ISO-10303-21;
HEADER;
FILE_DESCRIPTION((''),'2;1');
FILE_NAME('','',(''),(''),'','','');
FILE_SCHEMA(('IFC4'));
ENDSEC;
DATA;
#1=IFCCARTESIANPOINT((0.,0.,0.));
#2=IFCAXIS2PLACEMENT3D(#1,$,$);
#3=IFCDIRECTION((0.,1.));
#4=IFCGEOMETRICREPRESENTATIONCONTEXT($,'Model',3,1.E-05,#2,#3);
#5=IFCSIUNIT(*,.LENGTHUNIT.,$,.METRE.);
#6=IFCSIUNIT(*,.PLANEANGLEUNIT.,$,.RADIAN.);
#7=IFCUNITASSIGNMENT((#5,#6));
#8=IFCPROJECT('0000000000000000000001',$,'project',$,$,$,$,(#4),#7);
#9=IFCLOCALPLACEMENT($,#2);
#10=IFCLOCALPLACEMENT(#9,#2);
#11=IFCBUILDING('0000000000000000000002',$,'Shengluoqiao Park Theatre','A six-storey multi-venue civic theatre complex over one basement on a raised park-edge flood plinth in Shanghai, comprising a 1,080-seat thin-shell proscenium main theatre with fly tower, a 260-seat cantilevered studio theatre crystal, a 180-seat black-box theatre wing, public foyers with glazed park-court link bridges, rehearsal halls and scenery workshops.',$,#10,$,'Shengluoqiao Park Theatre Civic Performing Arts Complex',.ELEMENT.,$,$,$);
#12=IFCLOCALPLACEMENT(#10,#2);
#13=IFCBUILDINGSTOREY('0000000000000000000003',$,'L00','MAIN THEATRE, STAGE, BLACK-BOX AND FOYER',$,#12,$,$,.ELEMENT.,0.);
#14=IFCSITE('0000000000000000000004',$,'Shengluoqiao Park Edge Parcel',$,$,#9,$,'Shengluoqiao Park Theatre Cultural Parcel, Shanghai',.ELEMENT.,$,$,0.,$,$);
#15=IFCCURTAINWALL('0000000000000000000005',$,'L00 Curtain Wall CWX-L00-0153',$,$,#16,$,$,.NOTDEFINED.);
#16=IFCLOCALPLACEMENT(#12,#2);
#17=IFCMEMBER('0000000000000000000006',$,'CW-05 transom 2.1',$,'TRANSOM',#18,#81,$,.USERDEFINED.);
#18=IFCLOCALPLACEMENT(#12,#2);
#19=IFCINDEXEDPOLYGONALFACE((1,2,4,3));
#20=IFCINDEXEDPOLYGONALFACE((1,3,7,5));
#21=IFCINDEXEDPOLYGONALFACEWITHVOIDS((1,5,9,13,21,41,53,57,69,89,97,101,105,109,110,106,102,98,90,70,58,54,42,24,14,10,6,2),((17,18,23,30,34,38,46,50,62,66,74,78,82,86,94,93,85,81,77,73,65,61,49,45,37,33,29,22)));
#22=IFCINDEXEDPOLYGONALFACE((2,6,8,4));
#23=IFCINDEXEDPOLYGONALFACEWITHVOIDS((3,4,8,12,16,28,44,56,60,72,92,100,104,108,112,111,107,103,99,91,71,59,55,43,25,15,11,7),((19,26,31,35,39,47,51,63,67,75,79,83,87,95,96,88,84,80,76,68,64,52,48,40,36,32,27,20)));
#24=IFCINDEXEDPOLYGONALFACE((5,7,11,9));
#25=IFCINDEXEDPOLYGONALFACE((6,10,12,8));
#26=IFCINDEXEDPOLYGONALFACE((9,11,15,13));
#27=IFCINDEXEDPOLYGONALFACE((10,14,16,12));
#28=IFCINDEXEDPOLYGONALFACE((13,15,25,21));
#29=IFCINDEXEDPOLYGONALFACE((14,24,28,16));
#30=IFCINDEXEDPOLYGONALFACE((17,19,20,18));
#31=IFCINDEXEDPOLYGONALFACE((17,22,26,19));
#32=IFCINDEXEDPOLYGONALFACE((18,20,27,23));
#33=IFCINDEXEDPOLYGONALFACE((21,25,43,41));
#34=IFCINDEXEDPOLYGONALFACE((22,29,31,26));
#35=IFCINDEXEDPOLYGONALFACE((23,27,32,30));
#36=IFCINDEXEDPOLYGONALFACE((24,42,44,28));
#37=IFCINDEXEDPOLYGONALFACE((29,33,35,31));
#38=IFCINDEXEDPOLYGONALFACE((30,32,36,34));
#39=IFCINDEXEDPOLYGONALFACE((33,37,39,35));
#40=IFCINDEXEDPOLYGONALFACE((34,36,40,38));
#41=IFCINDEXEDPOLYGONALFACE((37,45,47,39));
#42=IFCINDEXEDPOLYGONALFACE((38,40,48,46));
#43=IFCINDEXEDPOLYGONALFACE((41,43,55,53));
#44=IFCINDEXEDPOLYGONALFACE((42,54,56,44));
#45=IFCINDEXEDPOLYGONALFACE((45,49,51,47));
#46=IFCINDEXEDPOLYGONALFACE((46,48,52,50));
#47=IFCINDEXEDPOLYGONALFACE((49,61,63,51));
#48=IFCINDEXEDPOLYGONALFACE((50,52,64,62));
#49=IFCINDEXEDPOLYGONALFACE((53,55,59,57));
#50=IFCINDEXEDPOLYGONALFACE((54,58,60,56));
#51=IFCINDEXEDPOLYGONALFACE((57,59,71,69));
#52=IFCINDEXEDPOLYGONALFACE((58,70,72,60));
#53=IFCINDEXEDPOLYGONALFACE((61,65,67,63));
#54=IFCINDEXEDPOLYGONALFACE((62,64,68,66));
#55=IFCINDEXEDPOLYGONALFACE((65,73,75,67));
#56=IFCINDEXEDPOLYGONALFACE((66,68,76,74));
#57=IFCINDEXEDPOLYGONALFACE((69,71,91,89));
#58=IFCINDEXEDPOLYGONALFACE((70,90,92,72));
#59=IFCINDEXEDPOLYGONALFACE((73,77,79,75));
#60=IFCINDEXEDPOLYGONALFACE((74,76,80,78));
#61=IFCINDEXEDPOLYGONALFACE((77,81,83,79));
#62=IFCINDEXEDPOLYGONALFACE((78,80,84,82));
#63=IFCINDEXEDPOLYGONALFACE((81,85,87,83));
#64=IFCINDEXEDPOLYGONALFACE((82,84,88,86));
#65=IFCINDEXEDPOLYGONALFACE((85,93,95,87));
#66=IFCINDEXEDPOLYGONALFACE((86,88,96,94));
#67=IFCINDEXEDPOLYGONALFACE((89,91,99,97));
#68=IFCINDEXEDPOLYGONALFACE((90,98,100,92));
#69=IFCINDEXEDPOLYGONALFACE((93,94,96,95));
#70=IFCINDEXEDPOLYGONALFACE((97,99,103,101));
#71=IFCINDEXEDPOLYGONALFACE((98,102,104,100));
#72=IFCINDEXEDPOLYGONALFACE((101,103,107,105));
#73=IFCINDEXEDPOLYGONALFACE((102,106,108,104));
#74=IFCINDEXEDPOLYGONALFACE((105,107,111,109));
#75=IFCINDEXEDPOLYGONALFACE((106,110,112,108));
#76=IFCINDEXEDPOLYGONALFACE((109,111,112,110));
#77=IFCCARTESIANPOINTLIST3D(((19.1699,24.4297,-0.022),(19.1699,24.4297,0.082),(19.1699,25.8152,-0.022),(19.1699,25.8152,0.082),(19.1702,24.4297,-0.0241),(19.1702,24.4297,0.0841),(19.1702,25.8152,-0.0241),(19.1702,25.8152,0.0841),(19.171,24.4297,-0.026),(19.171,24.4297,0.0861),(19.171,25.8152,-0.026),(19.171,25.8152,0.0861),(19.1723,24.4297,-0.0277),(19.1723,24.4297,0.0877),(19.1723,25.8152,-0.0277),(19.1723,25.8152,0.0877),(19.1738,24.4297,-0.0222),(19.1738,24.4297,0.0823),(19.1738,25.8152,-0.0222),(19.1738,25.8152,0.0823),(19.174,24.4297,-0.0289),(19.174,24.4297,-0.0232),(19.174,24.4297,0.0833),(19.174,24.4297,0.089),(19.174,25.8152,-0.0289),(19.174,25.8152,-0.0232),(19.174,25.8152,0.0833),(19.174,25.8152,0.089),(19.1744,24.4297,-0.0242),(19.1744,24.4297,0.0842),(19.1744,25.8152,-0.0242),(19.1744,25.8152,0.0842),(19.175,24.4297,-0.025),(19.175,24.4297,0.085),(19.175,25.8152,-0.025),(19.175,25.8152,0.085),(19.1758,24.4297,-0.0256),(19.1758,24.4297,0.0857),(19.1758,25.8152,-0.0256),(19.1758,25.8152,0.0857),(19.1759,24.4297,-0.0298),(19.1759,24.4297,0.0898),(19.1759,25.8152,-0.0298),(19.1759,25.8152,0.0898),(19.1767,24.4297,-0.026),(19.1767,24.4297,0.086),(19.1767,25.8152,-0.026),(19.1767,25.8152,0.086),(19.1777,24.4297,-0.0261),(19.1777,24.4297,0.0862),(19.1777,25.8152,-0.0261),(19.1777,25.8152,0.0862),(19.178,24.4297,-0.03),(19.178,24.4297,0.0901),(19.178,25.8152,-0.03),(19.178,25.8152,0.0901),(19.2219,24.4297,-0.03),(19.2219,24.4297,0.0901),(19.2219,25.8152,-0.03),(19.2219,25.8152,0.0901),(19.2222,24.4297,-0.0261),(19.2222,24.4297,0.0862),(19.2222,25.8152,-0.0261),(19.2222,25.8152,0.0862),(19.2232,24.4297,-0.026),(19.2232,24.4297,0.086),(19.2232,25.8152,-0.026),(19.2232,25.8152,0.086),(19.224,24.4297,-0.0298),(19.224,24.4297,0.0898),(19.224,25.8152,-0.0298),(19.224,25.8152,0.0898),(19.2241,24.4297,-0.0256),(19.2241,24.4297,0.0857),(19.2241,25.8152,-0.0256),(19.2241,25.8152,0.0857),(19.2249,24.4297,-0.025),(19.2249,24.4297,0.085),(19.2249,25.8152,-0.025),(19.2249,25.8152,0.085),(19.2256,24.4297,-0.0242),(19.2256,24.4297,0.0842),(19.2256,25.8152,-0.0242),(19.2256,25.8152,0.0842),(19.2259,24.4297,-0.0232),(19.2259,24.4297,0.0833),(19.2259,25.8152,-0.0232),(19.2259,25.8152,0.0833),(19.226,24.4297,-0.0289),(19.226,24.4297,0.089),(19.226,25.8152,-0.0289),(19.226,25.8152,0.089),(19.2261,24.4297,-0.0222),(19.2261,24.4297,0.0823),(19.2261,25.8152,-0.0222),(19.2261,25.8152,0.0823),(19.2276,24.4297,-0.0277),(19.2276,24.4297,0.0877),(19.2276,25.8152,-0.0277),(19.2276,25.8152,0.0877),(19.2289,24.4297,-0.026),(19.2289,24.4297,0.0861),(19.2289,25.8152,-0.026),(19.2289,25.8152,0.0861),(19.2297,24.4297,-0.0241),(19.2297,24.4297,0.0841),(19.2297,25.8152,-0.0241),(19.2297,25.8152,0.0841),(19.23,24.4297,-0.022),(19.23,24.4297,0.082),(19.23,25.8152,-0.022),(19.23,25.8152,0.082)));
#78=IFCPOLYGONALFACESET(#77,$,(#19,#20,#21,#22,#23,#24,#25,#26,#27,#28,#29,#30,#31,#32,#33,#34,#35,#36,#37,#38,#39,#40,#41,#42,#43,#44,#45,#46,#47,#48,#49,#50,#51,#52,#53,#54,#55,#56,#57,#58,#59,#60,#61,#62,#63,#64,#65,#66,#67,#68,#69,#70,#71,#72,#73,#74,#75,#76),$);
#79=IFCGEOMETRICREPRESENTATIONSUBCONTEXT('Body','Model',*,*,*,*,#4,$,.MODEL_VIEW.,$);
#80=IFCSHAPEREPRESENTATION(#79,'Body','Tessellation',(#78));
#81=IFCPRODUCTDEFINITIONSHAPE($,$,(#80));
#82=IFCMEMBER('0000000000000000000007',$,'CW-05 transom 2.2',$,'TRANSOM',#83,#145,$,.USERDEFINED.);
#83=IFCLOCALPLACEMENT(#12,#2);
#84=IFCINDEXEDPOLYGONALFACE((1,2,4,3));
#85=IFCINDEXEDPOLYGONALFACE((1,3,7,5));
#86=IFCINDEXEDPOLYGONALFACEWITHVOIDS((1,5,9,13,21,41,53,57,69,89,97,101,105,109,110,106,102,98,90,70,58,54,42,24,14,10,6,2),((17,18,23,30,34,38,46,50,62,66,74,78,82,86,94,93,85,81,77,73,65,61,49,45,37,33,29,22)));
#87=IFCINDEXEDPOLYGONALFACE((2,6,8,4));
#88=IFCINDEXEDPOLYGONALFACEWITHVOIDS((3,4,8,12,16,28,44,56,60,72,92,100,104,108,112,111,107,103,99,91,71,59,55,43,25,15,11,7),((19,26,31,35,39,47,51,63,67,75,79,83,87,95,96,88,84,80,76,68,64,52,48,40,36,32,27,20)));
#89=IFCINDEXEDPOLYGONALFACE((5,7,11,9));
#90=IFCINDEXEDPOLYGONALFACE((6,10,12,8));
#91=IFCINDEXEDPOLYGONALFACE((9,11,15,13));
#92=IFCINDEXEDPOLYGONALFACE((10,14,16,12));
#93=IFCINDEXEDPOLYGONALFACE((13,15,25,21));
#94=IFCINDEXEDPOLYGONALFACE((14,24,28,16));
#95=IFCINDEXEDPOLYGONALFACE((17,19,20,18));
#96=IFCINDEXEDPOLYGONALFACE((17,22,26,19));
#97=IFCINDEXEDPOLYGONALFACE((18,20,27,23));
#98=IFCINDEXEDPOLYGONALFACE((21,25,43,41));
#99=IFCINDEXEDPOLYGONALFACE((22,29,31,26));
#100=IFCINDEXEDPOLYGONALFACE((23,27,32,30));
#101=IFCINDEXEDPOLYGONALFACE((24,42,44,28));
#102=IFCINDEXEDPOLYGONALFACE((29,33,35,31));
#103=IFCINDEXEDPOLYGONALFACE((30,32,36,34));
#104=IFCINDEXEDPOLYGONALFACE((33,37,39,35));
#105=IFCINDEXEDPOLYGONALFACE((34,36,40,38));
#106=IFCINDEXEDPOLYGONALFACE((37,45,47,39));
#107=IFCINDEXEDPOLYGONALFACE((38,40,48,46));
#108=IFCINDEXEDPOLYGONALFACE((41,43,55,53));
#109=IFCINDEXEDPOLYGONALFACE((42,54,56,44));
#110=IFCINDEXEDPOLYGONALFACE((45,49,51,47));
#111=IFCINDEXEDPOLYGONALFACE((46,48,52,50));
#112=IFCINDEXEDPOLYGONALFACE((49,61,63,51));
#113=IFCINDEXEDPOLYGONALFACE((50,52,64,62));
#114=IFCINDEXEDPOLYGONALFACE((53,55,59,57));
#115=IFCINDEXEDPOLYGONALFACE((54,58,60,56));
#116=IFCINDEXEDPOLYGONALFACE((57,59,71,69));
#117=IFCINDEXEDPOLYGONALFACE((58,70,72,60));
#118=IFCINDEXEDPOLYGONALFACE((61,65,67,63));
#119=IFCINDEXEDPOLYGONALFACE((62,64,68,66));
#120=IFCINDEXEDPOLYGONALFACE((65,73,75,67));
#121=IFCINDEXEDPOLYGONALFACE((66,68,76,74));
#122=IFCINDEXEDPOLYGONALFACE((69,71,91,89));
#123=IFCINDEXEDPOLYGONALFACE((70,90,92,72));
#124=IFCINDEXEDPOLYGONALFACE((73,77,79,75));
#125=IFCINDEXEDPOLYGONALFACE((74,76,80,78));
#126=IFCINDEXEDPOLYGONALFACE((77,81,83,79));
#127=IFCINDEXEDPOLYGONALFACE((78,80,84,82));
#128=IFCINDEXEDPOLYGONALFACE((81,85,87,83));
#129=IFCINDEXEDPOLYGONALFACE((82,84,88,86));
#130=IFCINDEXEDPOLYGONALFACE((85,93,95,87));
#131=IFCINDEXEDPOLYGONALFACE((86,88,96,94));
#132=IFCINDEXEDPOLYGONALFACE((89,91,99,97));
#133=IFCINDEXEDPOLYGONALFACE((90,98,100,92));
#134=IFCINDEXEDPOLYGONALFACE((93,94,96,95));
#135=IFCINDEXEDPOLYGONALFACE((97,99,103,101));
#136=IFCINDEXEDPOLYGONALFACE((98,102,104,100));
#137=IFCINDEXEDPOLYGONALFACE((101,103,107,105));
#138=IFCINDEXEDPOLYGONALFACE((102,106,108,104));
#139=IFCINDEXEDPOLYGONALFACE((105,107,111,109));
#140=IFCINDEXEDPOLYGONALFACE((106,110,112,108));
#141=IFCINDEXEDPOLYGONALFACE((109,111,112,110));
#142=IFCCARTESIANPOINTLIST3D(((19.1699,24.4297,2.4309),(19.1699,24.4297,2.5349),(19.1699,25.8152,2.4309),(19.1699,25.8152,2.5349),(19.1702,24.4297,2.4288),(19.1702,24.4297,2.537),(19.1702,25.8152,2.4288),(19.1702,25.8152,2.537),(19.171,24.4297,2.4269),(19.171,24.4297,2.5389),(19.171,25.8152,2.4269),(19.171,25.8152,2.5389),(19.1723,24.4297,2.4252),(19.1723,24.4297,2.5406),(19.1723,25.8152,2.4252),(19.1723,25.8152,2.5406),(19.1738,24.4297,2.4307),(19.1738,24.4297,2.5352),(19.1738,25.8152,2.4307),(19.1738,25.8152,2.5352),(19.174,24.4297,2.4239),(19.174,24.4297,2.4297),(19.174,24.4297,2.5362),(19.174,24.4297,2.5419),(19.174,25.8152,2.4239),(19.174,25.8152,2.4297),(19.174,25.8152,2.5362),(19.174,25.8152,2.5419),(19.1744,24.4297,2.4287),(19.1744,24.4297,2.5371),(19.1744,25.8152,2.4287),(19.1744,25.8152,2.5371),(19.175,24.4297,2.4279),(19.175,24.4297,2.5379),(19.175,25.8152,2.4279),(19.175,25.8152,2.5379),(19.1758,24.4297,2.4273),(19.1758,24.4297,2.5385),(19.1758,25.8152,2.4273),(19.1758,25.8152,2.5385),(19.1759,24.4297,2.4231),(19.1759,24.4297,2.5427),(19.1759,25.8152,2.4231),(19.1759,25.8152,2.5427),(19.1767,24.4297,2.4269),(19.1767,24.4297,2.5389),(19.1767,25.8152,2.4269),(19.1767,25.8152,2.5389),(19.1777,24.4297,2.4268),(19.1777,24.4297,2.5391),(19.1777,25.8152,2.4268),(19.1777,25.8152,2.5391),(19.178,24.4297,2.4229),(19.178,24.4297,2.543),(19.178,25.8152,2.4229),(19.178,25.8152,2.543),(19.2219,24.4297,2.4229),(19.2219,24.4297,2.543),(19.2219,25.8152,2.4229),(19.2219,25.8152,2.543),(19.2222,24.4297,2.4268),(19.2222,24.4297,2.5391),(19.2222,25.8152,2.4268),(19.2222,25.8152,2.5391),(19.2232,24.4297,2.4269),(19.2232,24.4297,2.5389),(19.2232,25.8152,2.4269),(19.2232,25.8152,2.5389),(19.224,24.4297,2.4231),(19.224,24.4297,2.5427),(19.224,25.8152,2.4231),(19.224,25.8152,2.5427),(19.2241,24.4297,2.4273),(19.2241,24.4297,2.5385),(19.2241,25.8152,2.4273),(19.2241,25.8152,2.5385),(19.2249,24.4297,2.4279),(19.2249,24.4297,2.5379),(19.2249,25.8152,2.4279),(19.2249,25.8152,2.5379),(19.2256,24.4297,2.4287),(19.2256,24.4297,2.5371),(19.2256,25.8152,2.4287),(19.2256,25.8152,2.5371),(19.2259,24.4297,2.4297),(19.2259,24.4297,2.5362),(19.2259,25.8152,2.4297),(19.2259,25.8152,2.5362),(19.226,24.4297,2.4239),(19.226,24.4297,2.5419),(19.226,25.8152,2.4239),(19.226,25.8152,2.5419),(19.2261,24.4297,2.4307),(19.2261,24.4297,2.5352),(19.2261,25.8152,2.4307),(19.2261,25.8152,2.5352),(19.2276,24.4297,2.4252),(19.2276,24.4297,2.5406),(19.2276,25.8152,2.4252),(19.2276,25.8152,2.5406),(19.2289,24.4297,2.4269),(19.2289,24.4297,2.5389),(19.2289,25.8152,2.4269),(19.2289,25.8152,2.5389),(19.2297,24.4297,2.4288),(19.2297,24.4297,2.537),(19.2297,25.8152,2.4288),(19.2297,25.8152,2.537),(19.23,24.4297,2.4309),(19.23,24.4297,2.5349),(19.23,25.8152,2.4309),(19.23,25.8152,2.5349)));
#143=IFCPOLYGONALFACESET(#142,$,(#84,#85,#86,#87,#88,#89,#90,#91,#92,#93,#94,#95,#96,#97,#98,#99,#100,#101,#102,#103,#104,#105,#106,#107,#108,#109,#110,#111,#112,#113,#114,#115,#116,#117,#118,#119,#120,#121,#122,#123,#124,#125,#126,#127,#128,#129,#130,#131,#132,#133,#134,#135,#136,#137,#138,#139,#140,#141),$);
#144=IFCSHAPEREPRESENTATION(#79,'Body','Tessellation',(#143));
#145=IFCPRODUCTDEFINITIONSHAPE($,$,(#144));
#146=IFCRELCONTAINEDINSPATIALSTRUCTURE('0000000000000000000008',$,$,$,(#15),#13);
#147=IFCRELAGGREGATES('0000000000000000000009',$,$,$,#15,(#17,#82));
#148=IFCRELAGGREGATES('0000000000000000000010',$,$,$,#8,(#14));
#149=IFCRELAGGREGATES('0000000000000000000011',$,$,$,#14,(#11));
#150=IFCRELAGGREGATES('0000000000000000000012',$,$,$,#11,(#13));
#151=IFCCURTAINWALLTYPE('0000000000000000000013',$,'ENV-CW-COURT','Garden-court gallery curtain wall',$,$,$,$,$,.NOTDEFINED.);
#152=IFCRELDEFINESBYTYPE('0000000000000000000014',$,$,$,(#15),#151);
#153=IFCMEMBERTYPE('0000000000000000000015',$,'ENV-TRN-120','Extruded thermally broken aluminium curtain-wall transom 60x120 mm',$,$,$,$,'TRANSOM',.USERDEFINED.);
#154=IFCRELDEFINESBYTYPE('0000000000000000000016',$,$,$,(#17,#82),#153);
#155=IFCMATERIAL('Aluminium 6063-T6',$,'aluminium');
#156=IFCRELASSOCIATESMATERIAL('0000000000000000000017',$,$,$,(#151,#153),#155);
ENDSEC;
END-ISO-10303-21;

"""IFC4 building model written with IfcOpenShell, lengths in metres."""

from ifc_helpers import new_model, si_unit, direction, frame, origin, origin_2d, place, context, subcontext, project, spatial, hollow_rectangle, extrude, material, material_profile, profile_set, type_object, element, aggregate, save


model = new_model("IFC4")

# Units and contexts
model_context = context("Model", 3, precision=1e-05, world=origin(), true_north=direction((0.0, 1.0)))
body_context = subcontext(model_context, "Body", "Model", "MODEL_VIEW")
ifc_project = project(units=[si_unit("LENGTHUNIT", "METRE"), si_unit("PLANEANGLEUNIT", "RADIAN")], contexts=[model_context])

# Site, building, storey
site_placement = place(None, origin())
site = spatial("IfcSite", under=ifc_project, at=site_placement, Name="Shengluoqiao Park Edge Parcel", LongName="Shengluoqiao Park Theatre Cultural Parcel, Shanghai", CompositionType="ELEMENT", RefElevation=0.0)
building_placement = place(site_placement, origin())
building = spatial("IfcBuilding", under=site, at=building_placement, Name="Shengluoqiao Park Theatre", Description="A six-storey multi-venue civic theatre complex over one basement on a raised park-edge flood plinth in Shanghai, comprising a 1,080-seat thin-shell proscenium main theatre with fly tower, a 260-seat cantilevered studio theatre crystal, a 180-seat black-box theatre wing, public foyers with glazed park-court link bridges, rehearsal halls and scenery workshops.", LongName="Shengluoqiao Park Theatre Civic Performing Arts Complex", CompositionType="ELEMENT")
storey_placement = place(building_placement, origin())
storey = spatial("IfcBuildingStorey", under=building, at=storey_placement, Name="L00", Description="MAIN THEATRE, STAGE, BLACK-BOX AND FOYER", CompositionType="ELEMENT", Elevation=0.0)

# Shared definitions
ifc_material_1 = material(Name="Aluminium 6063-T6", Category="aluminium")

# Curtain wall, members
curtain_wall_type_1 = type_object("IfcCurtainWallType", Name="ENV-CW-COURT", Description="Garden-court gallery curtain wall", PredefinedType="NOTDEFINED", material=ifc_material_1)
curtain_wall_1_placement = place(storey_placement, origin())
curtain_wall_1 = element("IfcCurtainWall", 1, at=curtain_wall_1_placement, inside=storey, type_object=curtain_wall_type_1, Name="L00 Curtain Wall CWX-L00-0153", PredefinedType="NOTDEFINED")
ifc_material_profile_1 = material_profile(ifc_material_1, hollow_rectangle(XDim=0.0601, YDim=0.1201, WallThickness=0.0039, InnerFilletRadius=0.0039, OuterFilletRadius=0.0081, at=origin_2d()), Name="ALU TRANSOM 120x60x4")
ifc_profile_set_1 = profile_set([ifc_material_profile_1], Name="Aluminium 6063-T6")
member_type_1 = type_object("IfcMemberType", Name="ENV-TRN-120", Description="Extruded thermally broken aluminium curtain-wall transom 60x120 mm", ElementType="TRANSOM", PredefinedType="USERDEFINED", material=ifc_profile_set_1)
member_1_placement = place(storey_placement, frame((19.2, 24.4297, 0.03), z_axis=(0.0, 1.0, 0.0), x_axis=(-1.0, 0.0, 0.0)))
member_1 = element("IfcMember", 2, at=member_1_placement, type_object=member_type_1, Name="CW-05 transom 2.1", ObjectType="TRANSOM", PredefinedType="USERDEFINED", context=body_context, shape_type="SweptSolid", body=[
    extrude(hollow_rectangle(XDim=0.0601, YDim=0.1201, WallThickness=0.0039, InnerFilletRadius=0.0039, OuterFilletRadius=0.0081, at=origin_2d()), origin(), (0.0, 0.0, 1.0), 1.3855),
])
member_2_placement = place(storey_placement, frame((19.2, 24.4297, 2.4829), z_axis=(0.0, 1.0, 0.0), x_axis=(-1.0, 0.0, 0.0)))
member_2 = element("IfcMember", 3, at=member_2_placement, type_object=member_type_1, Name="CW-05 transom 2.2", ObjectType="TRANSOM", PredefinedType="USERDEFINED", context=body_context, shape_type="SweptSolid", body=[
    extrude(hollow_rectangle(XDim=0.0601, YDim=0.1201, WallThickness=0.0039, InnerFilletRadius=0.0039, OuterFilletRadius=0.0081, at=origin_2d()), origin(), (0.0, 0.0, 1.0), 1.3855),
])
aggregate(curtain_wall_1, [member_1, member_2])

save(model, "model.ifc")
